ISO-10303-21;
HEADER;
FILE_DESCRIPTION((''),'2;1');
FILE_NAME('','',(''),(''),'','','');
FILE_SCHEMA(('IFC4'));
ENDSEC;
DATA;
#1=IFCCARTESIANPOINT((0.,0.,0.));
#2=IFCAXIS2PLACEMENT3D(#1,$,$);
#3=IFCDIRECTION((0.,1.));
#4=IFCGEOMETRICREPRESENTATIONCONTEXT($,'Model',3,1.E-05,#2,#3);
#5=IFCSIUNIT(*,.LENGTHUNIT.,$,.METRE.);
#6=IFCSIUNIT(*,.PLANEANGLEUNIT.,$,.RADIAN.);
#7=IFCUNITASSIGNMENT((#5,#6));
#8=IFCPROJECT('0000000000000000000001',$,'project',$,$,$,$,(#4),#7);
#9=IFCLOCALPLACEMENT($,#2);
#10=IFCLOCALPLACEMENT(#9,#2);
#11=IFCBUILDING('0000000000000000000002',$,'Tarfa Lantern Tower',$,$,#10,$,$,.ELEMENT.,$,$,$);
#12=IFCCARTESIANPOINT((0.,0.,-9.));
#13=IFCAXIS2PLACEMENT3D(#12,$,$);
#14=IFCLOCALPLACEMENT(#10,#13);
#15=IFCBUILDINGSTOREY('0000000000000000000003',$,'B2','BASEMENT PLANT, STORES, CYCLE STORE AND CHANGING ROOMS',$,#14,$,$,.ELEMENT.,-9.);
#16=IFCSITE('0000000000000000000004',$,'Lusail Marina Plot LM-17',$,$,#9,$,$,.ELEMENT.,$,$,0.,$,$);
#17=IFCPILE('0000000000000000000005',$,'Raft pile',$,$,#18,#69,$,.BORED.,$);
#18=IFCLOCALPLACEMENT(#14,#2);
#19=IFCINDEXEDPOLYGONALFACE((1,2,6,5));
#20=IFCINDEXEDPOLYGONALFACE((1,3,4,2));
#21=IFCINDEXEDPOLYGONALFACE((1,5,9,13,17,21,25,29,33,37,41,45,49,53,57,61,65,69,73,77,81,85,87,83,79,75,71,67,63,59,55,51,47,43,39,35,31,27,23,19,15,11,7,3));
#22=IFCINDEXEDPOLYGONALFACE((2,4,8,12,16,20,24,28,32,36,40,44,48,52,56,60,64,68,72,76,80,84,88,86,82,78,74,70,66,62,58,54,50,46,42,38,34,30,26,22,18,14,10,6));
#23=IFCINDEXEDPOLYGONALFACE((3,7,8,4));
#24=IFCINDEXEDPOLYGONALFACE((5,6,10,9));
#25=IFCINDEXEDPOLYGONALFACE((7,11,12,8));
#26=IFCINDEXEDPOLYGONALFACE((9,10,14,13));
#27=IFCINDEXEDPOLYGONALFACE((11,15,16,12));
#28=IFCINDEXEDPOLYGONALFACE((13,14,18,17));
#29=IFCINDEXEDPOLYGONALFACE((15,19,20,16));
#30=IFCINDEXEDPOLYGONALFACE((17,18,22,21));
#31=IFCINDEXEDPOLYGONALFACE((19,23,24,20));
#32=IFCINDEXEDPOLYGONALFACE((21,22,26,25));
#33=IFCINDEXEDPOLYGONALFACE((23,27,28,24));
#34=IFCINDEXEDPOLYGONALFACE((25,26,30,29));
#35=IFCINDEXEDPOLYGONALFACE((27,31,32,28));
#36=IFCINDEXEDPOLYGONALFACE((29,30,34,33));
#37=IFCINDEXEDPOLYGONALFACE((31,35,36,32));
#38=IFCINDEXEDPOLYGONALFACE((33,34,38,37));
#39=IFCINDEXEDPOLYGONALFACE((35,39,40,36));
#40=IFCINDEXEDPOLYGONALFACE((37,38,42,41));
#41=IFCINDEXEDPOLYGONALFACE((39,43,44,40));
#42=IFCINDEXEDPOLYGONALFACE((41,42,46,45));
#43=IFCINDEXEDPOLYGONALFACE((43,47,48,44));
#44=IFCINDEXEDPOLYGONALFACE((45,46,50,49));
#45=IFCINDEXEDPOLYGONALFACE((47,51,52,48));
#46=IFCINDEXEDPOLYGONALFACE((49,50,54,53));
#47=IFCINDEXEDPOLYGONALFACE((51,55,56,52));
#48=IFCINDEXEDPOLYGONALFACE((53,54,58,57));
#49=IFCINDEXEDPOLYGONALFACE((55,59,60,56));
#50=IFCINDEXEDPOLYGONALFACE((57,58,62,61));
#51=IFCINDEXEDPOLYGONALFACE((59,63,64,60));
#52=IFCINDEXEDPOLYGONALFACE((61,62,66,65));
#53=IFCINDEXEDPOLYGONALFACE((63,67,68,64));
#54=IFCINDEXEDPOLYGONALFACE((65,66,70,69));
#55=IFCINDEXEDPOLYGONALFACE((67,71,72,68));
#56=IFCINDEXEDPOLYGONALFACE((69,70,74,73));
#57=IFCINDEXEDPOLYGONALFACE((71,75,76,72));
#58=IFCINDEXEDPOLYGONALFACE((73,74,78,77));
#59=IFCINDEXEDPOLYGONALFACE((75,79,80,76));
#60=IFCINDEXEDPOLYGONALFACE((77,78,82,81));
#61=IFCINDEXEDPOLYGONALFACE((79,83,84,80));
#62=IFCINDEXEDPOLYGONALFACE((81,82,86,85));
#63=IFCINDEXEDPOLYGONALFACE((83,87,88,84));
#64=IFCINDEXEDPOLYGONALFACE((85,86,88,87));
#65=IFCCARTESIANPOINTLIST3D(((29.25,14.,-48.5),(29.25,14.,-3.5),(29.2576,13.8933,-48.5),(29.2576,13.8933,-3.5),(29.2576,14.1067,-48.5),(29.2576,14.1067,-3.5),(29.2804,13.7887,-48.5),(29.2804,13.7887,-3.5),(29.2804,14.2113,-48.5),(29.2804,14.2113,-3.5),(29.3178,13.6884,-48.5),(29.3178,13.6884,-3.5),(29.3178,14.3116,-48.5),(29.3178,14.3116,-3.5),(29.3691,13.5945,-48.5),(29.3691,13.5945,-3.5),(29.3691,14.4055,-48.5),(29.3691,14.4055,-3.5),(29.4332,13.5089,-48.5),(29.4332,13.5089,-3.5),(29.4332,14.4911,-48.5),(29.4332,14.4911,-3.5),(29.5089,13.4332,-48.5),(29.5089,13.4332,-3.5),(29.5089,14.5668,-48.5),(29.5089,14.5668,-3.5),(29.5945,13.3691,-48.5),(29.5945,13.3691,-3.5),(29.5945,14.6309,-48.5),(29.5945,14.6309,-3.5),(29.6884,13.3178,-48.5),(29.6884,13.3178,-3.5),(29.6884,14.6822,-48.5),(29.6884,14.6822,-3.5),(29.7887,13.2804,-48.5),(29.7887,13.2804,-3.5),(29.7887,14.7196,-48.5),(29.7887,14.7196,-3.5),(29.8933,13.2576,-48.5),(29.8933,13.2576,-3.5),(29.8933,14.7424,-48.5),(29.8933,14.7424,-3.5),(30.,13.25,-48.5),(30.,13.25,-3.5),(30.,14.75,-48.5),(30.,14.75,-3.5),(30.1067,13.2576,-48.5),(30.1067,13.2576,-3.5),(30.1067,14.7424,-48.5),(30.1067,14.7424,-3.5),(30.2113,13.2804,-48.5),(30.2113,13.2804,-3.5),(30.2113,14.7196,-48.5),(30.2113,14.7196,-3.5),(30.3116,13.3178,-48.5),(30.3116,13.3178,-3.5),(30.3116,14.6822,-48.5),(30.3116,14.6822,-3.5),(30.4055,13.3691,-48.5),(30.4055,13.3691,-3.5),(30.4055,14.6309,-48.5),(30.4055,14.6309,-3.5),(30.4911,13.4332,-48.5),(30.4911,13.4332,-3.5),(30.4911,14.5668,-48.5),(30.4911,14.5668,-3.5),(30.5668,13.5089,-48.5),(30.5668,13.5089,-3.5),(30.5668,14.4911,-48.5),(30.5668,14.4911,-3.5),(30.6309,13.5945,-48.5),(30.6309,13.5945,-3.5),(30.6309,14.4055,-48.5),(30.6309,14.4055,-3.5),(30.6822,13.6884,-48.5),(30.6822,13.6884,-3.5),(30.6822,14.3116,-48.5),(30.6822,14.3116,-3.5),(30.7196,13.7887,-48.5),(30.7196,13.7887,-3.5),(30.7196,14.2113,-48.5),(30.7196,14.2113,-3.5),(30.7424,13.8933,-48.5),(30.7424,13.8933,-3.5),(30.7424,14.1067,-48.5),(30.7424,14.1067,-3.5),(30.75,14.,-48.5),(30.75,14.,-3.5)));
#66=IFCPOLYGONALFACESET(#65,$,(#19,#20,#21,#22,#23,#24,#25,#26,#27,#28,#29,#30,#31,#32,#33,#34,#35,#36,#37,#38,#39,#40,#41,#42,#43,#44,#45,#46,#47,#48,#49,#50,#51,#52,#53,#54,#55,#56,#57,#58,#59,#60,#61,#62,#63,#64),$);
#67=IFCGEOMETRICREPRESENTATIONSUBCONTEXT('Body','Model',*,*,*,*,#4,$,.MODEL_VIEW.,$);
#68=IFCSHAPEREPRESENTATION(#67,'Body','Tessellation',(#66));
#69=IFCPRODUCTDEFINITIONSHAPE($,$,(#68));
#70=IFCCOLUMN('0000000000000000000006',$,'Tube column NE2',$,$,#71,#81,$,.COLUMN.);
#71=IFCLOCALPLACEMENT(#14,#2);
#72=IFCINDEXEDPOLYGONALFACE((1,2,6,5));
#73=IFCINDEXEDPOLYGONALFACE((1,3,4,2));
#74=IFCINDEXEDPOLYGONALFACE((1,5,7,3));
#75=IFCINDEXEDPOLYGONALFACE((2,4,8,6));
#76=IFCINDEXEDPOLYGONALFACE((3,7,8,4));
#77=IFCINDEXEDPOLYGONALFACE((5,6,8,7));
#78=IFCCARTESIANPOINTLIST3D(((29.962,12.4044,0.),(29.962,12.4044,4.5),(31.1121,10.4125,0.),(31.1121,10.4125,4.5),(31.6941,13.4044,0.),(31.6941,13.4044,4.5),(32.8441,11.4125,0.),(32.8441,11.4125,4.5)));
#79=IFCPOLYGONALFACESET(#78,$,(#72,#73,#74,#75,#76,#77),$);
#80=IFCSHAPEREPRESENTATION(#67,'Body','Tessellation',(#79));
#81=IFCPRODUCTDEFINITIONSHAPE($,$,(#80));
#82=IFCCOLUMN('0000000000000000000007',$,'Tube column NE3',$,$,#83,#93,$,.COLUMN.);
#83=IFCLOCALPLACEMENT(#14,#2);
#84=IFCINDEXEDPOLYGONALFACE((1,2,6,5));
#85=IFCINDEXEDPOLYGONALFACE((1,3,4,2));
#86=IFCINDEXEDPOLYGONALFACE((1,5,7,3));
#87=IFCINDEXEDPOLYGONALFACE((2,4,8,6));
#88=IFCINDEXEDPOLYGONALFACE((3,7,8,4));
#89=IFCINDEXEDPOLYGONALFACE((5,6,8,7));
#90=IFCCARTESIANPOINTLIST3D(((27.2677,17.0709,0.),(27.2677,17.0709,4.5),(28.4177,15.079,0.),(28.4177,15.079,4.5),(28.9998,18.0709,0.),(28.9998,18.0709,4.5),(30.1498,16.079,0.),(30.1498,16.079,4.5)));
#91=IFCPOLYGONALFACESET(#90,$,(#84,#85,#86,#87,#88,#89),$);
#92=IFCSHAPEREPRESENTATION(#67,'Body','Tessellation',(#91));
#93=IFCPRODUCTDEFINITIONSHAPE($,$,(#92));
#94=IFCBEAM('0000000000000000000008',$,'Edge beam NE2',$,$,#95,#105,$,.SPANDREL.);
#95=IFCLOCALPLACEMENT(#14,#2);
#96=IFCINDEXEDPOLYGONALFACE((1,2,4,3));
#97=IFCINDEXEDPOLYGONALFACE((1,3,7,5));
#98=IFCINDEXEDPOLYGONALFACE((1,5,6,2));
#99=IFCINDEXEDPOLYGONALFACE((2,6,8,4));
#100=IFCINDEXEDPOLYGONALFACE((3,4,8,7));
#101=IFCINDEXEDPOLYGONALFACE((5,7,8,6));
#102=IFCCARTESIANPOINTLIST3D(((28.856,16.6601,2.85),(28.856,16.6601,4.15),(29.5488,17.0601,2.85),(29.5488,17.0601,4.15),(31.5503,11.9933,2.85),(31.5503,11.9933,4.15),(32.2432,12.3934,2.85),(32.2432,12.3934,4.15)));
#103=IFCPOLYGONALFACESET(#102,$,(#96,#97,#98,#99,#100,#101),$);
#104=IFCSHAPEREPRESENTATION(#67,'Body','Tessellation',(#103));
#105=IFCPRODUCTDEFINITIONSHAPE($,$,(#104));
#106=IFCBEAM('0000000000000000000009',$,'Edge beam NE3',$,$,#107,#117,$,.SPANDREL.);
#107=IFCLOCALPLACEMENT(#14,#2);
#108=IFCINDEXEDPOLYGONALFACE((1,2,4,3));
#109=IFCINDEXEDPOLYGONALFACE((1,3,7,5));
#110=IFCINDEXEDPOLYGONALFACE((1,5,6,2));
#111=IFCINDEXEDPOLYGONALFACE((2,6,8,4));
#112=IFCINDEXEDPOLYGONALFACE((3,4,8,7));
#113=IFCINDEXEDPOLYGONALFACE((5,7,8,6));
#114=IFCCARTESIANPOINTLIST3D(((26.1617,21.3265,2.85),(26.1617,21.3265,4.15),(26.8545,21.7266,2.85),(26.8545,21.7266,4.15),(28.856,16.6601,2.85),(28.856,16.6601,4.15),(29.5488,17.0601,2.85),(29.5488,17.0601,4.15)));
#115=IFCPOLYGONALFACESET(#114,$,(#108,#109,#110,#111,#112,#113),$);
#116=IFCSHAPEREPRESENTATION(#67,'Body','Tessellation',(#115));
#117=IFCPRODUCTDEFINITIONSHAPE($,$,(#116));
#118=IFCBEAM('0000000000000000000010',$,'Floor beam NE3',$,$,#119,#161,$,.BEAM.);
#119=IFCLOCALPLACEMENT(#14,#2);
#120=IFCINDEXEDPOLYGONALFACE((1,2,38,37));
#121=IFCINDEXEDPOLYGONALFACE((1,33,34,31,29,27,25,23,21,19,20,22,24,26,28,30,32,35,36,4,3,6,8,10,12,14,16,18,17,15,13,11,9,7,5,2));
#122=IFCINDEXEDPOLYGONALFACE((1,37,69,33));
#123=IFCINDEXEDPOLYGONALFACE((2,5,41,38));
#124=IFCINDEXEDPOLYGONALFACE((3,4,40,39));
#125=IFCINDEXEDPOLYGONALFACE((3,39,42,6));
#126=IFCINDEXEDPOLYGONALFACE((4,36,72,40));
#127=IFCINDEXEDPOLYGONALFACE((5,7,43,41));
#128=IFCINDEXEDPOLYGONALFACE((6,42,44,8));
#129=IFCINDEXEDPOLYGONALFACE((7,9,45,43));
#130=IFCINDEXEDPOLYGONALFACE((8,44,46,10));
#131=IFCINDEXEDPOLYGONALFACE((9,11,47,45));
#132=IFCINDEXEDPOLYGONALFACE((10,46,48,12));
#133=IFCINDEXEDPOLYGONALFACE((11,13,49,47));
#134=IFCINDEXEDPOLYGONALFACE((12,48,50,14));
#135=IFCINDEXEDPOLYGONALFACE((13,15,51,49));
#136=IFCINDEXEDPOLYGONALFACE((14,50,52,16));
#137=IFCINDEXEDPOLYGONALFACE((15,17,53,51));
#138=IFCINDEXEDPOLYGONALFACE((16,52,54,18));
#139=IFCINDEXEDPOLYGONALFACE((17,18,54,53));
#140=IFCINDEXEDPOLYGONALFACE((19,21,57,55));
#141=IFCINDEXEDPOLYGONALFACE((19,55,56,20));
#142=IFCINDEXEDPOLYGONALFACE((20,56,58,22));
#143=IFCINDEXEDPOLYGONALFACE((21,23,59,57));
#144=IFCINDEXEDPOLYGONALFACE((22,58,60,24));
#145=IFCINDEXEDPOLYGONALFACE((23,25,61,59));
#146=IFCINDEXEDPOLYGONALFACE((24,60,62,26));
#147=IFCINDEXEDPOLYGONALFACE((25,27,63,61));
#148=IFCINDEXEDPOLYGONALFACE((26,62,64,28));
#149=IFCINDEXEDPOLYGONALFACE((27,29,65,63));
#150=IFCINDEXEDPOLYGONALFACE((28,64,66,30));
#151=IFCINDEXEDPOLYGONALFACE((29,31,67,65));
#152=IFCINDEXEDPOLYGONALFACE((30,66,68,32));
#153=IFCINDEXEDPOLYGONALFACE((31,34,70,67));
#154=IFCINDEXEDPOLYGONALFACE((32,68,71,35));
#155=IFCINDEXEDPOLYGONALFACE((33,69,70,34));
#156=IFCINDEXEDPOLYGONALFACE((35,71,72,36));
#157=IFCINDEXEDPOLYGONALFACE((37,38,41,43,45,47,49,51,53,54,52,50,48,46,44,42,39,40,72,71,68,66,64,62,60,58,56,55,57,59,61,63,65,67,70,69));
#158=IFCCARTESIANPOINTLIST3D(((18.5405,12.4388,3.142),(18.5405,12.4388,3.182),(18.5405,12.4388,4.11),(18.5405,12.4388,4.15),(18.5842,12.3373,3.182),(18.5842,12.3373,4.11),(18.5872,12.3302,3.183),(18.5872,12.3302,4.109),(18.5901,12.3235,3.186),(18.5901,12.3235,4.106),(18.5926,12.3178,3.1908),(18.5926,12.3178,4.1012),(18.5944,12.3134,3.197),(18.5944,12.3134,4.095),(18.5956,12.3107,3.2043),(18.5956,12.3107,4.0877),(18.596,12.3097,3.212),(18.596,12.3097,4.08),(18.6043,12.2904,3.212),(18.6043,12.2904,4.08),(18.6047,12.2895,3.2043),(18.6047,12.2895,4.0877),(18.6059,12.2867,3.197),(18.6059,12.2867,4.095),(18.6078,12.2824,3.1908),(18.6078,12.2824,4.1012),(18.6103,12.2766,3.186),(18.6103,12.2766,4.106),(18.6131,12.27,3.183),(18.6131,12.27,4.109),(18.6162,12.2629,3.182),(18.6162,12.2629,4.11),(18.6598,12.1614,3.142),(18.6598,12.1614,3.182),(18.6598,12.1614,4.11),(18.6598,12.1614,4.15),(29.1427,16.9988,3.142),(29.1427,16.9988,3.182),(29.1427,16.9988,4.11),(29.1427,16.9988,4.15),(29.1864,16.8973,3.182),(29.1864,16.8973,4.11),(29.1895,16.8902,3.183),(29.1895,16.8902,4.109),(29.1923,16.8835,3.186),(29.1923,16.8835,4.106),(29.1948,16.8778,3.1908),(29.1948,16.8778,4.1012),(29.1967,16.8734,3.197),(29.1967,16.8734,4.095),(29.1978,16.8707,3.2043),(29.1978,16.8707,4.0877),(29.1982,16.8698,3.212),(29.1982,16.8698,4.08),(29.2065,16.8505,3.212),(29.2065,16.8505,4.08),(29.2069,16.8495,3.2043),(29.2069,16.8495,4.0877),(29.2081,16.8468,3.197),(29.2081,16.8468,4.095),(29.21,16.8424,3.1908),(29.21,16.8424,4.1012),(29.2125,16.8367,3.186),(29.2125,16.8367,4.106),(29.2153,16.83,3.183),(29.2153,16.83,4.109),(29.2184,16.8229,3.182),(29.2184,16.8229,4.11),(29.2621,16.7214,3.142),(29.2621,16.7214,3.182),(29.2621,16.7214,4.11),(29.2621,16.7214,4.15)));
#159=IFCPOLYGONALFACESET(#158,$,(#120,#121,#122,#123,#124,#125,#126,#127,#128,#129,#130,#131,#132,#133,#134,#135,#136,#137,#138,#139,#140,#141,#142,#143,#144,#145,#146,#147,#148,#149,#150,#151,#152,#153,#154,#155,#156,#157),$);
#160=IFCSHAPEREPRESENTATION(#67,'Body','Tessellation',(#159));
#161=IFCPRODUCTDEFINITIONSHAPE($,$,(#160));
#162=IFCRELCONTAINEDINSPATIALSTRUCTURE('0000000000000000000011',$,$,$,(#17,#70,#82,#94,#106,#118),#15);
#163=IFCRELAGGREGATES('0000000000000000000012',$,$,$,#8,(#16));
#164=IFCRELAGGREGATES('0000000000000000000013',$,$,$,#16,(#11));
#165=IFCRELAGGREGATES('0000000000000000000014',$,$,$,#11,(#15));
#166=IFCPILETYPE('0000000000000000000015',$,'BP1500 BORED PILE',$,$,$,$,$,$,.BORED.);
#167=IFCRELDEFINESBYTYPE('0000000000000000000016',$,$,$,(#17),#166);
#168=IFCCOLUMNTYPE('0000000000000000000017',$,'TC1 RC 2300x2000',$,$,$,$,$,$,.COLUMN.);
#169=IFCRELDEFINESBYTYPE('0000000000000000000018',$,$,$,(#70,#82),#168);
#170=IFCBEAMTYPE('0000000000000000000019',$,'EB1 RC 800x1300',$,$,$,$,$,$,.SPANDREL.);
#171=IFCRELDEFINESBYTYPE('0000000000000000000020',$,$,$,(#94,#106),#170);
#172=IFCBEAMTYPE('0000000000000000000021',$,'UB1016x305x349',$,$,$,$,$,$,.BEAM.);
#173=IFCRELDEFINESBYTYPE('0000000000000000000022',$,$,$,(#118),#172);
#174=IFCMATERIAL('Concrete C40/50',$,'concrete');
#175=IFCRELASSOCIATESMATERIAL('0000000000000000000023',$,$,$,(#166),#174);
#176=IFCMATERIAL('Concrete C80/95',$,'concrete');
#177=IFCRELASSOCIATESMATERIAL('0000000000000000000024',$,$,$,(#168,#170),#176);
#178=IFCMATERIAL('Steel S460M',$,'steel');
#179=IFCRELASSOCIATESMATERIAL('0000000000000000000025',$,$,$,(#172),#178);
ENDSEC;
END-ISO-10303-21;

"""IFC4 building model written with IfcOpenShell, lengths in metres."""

from ifc_helpers import new_model, si_unit, direction, frame, origin, origin_2d, place, context, subcontext, project, spatial, rectangle, circle, i_section, extrude, material, material_profile, profile_set, type_object, element, save


model = new_model("IFC4")

# Units and contexts
model_context = context("Model", 3, precision=1e-05, world=origin(), true_north=direction((0.0, 1.0)))
body_context = subcontext(model_context, "Body", "Model", "MODEL_VIEW")
ifc_project = project(units=[si_unit("LENGTHUNIT", "METRE"), si_unit("PLANEANGLEUNIT", "RADIAN")], contexts=[model_context])

# Site, building, storey
site_placement = place(None, origin())
site = spatial("IfcSite", under=ifc_project, at=site_placement, Name="Lusail Marina Plot LM-17", CompositionType="ELEMENT", RefElevation=0.0)
building_placement = place(site_placement, origin())
building = spatial("IfcBuilding", under=site, at=building_placement, Name="Tarfa Lantern Tower", CompositionType="ELEMENT")
storey_placement = place(building_placement, frame((0.0, 0.0, -9.0)))
storey = spatial("IfcBuildingStorey", under=building, at=storey_placement, Name="B2", Description="BASEMENT PLANT, STORES, CYCLE STORE AND CHANGING ROOMS", CompositionType="ELEMENT", Elevation=-9.0)

# Pile
ifc_material_1 = material(Name="Concrete C40/50", Category="concrete")
ifc_material_profile_1 = material_profile(ifc_material_1, circle(Radius=0.75, at=origin_2d()), Name="BORED PILE D1500")
ifc_profile_set_1 = profile_set([ifc_material_profile_1], Name="Concrete C40/50")
pile_type = type_object("IfcPileType", Name="BP1500 BORED PILE", PredefinedType="BORED", material=ifc_profile_set_1)
for number, where, z_axis, x_axis, name in (
    (1, (30.0, 14.0, -3.5), (0.0, 0.0, -1.0), (1.0, 0.0, 0.0), "Raft pile"),
):
    element("IfcPile", number, at=place(storey_placement, frame(where, z_axis=z_axis, x_axis=x_axis)), inside=storey, type_object=pile_type, Name=name, PredefinedType="BORED", context=body_context, shape_type="SweptSolid", body=[
        extrude(circle(Radius=0.75, at=origin_2d()), origin(), (0.0, 0.0, 1.0), 45.0),
    ])

# Columns
ifc_material_2 = material(Name="Concrete C80/95", Category="concrete")
ifc_material_profile_2 = material_profile(ifc_material_2, rectangle(XDim=2.3, YDim=2.0, at=origin_2d()), Name="RC 2300x2000")
ifc_profile_set_2 = profile_set([ifc_material_profile_2], Name="Concrete C80/95")
column_type = type_object("IfcColumnType", Name="TC1 RC 2300x2000", PredefinedType="COLUMN", material=ifc_profile_set_2)
for number, where, z_axis, x_axis, name in (
    (2, (31.4031, 11.9084, 0.0), (0.0, 0.0, 1.0), (-0.5, 0.866025, 0.0), "Tube column NE2"),
    (3, (28.7087, 16.575, 0.0), (0.0, 0.0, 1.0), (-0.5, 0.866025, 0.0), "Tube column NE3"),
):
    element("IfcColumn", number, at=place(storey_placement, frame(where, z_axis=z_axis, x_axis=x_axis)), inside=storey, type_object=column_type, Name=name, PredefinedType="COLUMN", context=body_context, shape_type="SweptSolid", body=[
        extrude(rectangle(XDim=2.3, YDim=2.0, at=origin_2d()), origin(), (0.0, 0.0, 1.0), 4.5),
    ])

# Beams
ifc_material_profile_3 = material_profile(ifc_material_2, rectangle(XDim=0.8, YDim=1.3, at=origin_2d()), Name="RC 800x1300")
ifc_profile_set_3 = profile_set([ifc_material_profile_3], Name="Concrete C80/95")
beam_type_1 = type_object("IfcBeamType", Name="EB1 RC 800x1300", PredefinedType="SPANDREL", material=ifc_profile_set_3)
beam_1_placement = place(storey_placement, frame((31.8967, 12.1934, 3.5), z_axis=(-0.499998, 0.866026, 0.0), x_axis=(-0.866026, -0.499998, 0.0)))
element("IfcBeam", 4, at=beam_1_placement, inside=storey, type_object=beam_type_1, Name="Edge beam NE2", PredefinedType="SPANDREL", context=body_context, shape_type="SweptSolid", body=[
    extrude(rectangle(XDim=0.8, YDim=1.3, at=origin_2d()), origin(), (0.0, 0.0, 1.0), 5.3887),
])
beam_2_placement = place(storey_placement, frame((29.2024, 16.8601, 3.5), z_axis=(-0.500018, 0.866015, 0.0), x_axis=(-0.866015, -0.500018, 0.0)))
element("IfcBeam", 5, at=beam_2_placement, inside=storey, type_object=beam_type_1, Name="Edge beam NE3", PredefinedType="SPANDREL", context=body_context, shape_type="SweptSolid", body=[
    extrude(rectangle(XDim=0.8, YDim=1.3, at=origin_2d()), origin(), (0.0, 0.0, 1.0), 5.3884),
])
ifc_material_3 = material(Name="Steel S460M", Category="steel")
ifc_material_profile_4 = material_profile(ifc_material_3, i_section(OverallWidth=0.302, OverallDepth=1.0081, WebThickness=0.021, FlangeThickness=0.04, FilletRadius=0.03, at=origin_2d()), Name="UB1016x305x349")
ifc_profile_set_4 = profile_set([ifc_material_profile_4], Name="Steel S460M")
beam_type_2 = type_object("IfcBeamType", Name="UB1016x305x349", PredefinedType="BEAM", material=ifc_profile_set_4)
beam_3_placement = place(storey_placement, frame((29.2024, 16.8601, 3.646), z_axis=(-0.918635, -0.395106, 0.0), x_axis=(0.395106, -0.918635, 0.0)))
element("IfcBeam", 6, at=beam_3_placement, inside=storey, type_object=beam_type_2, Name="Floor beam NE3", PredefinedType="BEAM", context=body_context, shape_type="SweptSolid", body=[
    extrude(i_section(OverallWidth=0.302, OverallDepth=1.0081, WebThickness=0.021, FlangeThickness=0.04, FilletRadius=0.03, at=origin_2d()), origin(), (0.0, 0.0, 1.0), 11.5413),
])

save(model, "model.ifc")
